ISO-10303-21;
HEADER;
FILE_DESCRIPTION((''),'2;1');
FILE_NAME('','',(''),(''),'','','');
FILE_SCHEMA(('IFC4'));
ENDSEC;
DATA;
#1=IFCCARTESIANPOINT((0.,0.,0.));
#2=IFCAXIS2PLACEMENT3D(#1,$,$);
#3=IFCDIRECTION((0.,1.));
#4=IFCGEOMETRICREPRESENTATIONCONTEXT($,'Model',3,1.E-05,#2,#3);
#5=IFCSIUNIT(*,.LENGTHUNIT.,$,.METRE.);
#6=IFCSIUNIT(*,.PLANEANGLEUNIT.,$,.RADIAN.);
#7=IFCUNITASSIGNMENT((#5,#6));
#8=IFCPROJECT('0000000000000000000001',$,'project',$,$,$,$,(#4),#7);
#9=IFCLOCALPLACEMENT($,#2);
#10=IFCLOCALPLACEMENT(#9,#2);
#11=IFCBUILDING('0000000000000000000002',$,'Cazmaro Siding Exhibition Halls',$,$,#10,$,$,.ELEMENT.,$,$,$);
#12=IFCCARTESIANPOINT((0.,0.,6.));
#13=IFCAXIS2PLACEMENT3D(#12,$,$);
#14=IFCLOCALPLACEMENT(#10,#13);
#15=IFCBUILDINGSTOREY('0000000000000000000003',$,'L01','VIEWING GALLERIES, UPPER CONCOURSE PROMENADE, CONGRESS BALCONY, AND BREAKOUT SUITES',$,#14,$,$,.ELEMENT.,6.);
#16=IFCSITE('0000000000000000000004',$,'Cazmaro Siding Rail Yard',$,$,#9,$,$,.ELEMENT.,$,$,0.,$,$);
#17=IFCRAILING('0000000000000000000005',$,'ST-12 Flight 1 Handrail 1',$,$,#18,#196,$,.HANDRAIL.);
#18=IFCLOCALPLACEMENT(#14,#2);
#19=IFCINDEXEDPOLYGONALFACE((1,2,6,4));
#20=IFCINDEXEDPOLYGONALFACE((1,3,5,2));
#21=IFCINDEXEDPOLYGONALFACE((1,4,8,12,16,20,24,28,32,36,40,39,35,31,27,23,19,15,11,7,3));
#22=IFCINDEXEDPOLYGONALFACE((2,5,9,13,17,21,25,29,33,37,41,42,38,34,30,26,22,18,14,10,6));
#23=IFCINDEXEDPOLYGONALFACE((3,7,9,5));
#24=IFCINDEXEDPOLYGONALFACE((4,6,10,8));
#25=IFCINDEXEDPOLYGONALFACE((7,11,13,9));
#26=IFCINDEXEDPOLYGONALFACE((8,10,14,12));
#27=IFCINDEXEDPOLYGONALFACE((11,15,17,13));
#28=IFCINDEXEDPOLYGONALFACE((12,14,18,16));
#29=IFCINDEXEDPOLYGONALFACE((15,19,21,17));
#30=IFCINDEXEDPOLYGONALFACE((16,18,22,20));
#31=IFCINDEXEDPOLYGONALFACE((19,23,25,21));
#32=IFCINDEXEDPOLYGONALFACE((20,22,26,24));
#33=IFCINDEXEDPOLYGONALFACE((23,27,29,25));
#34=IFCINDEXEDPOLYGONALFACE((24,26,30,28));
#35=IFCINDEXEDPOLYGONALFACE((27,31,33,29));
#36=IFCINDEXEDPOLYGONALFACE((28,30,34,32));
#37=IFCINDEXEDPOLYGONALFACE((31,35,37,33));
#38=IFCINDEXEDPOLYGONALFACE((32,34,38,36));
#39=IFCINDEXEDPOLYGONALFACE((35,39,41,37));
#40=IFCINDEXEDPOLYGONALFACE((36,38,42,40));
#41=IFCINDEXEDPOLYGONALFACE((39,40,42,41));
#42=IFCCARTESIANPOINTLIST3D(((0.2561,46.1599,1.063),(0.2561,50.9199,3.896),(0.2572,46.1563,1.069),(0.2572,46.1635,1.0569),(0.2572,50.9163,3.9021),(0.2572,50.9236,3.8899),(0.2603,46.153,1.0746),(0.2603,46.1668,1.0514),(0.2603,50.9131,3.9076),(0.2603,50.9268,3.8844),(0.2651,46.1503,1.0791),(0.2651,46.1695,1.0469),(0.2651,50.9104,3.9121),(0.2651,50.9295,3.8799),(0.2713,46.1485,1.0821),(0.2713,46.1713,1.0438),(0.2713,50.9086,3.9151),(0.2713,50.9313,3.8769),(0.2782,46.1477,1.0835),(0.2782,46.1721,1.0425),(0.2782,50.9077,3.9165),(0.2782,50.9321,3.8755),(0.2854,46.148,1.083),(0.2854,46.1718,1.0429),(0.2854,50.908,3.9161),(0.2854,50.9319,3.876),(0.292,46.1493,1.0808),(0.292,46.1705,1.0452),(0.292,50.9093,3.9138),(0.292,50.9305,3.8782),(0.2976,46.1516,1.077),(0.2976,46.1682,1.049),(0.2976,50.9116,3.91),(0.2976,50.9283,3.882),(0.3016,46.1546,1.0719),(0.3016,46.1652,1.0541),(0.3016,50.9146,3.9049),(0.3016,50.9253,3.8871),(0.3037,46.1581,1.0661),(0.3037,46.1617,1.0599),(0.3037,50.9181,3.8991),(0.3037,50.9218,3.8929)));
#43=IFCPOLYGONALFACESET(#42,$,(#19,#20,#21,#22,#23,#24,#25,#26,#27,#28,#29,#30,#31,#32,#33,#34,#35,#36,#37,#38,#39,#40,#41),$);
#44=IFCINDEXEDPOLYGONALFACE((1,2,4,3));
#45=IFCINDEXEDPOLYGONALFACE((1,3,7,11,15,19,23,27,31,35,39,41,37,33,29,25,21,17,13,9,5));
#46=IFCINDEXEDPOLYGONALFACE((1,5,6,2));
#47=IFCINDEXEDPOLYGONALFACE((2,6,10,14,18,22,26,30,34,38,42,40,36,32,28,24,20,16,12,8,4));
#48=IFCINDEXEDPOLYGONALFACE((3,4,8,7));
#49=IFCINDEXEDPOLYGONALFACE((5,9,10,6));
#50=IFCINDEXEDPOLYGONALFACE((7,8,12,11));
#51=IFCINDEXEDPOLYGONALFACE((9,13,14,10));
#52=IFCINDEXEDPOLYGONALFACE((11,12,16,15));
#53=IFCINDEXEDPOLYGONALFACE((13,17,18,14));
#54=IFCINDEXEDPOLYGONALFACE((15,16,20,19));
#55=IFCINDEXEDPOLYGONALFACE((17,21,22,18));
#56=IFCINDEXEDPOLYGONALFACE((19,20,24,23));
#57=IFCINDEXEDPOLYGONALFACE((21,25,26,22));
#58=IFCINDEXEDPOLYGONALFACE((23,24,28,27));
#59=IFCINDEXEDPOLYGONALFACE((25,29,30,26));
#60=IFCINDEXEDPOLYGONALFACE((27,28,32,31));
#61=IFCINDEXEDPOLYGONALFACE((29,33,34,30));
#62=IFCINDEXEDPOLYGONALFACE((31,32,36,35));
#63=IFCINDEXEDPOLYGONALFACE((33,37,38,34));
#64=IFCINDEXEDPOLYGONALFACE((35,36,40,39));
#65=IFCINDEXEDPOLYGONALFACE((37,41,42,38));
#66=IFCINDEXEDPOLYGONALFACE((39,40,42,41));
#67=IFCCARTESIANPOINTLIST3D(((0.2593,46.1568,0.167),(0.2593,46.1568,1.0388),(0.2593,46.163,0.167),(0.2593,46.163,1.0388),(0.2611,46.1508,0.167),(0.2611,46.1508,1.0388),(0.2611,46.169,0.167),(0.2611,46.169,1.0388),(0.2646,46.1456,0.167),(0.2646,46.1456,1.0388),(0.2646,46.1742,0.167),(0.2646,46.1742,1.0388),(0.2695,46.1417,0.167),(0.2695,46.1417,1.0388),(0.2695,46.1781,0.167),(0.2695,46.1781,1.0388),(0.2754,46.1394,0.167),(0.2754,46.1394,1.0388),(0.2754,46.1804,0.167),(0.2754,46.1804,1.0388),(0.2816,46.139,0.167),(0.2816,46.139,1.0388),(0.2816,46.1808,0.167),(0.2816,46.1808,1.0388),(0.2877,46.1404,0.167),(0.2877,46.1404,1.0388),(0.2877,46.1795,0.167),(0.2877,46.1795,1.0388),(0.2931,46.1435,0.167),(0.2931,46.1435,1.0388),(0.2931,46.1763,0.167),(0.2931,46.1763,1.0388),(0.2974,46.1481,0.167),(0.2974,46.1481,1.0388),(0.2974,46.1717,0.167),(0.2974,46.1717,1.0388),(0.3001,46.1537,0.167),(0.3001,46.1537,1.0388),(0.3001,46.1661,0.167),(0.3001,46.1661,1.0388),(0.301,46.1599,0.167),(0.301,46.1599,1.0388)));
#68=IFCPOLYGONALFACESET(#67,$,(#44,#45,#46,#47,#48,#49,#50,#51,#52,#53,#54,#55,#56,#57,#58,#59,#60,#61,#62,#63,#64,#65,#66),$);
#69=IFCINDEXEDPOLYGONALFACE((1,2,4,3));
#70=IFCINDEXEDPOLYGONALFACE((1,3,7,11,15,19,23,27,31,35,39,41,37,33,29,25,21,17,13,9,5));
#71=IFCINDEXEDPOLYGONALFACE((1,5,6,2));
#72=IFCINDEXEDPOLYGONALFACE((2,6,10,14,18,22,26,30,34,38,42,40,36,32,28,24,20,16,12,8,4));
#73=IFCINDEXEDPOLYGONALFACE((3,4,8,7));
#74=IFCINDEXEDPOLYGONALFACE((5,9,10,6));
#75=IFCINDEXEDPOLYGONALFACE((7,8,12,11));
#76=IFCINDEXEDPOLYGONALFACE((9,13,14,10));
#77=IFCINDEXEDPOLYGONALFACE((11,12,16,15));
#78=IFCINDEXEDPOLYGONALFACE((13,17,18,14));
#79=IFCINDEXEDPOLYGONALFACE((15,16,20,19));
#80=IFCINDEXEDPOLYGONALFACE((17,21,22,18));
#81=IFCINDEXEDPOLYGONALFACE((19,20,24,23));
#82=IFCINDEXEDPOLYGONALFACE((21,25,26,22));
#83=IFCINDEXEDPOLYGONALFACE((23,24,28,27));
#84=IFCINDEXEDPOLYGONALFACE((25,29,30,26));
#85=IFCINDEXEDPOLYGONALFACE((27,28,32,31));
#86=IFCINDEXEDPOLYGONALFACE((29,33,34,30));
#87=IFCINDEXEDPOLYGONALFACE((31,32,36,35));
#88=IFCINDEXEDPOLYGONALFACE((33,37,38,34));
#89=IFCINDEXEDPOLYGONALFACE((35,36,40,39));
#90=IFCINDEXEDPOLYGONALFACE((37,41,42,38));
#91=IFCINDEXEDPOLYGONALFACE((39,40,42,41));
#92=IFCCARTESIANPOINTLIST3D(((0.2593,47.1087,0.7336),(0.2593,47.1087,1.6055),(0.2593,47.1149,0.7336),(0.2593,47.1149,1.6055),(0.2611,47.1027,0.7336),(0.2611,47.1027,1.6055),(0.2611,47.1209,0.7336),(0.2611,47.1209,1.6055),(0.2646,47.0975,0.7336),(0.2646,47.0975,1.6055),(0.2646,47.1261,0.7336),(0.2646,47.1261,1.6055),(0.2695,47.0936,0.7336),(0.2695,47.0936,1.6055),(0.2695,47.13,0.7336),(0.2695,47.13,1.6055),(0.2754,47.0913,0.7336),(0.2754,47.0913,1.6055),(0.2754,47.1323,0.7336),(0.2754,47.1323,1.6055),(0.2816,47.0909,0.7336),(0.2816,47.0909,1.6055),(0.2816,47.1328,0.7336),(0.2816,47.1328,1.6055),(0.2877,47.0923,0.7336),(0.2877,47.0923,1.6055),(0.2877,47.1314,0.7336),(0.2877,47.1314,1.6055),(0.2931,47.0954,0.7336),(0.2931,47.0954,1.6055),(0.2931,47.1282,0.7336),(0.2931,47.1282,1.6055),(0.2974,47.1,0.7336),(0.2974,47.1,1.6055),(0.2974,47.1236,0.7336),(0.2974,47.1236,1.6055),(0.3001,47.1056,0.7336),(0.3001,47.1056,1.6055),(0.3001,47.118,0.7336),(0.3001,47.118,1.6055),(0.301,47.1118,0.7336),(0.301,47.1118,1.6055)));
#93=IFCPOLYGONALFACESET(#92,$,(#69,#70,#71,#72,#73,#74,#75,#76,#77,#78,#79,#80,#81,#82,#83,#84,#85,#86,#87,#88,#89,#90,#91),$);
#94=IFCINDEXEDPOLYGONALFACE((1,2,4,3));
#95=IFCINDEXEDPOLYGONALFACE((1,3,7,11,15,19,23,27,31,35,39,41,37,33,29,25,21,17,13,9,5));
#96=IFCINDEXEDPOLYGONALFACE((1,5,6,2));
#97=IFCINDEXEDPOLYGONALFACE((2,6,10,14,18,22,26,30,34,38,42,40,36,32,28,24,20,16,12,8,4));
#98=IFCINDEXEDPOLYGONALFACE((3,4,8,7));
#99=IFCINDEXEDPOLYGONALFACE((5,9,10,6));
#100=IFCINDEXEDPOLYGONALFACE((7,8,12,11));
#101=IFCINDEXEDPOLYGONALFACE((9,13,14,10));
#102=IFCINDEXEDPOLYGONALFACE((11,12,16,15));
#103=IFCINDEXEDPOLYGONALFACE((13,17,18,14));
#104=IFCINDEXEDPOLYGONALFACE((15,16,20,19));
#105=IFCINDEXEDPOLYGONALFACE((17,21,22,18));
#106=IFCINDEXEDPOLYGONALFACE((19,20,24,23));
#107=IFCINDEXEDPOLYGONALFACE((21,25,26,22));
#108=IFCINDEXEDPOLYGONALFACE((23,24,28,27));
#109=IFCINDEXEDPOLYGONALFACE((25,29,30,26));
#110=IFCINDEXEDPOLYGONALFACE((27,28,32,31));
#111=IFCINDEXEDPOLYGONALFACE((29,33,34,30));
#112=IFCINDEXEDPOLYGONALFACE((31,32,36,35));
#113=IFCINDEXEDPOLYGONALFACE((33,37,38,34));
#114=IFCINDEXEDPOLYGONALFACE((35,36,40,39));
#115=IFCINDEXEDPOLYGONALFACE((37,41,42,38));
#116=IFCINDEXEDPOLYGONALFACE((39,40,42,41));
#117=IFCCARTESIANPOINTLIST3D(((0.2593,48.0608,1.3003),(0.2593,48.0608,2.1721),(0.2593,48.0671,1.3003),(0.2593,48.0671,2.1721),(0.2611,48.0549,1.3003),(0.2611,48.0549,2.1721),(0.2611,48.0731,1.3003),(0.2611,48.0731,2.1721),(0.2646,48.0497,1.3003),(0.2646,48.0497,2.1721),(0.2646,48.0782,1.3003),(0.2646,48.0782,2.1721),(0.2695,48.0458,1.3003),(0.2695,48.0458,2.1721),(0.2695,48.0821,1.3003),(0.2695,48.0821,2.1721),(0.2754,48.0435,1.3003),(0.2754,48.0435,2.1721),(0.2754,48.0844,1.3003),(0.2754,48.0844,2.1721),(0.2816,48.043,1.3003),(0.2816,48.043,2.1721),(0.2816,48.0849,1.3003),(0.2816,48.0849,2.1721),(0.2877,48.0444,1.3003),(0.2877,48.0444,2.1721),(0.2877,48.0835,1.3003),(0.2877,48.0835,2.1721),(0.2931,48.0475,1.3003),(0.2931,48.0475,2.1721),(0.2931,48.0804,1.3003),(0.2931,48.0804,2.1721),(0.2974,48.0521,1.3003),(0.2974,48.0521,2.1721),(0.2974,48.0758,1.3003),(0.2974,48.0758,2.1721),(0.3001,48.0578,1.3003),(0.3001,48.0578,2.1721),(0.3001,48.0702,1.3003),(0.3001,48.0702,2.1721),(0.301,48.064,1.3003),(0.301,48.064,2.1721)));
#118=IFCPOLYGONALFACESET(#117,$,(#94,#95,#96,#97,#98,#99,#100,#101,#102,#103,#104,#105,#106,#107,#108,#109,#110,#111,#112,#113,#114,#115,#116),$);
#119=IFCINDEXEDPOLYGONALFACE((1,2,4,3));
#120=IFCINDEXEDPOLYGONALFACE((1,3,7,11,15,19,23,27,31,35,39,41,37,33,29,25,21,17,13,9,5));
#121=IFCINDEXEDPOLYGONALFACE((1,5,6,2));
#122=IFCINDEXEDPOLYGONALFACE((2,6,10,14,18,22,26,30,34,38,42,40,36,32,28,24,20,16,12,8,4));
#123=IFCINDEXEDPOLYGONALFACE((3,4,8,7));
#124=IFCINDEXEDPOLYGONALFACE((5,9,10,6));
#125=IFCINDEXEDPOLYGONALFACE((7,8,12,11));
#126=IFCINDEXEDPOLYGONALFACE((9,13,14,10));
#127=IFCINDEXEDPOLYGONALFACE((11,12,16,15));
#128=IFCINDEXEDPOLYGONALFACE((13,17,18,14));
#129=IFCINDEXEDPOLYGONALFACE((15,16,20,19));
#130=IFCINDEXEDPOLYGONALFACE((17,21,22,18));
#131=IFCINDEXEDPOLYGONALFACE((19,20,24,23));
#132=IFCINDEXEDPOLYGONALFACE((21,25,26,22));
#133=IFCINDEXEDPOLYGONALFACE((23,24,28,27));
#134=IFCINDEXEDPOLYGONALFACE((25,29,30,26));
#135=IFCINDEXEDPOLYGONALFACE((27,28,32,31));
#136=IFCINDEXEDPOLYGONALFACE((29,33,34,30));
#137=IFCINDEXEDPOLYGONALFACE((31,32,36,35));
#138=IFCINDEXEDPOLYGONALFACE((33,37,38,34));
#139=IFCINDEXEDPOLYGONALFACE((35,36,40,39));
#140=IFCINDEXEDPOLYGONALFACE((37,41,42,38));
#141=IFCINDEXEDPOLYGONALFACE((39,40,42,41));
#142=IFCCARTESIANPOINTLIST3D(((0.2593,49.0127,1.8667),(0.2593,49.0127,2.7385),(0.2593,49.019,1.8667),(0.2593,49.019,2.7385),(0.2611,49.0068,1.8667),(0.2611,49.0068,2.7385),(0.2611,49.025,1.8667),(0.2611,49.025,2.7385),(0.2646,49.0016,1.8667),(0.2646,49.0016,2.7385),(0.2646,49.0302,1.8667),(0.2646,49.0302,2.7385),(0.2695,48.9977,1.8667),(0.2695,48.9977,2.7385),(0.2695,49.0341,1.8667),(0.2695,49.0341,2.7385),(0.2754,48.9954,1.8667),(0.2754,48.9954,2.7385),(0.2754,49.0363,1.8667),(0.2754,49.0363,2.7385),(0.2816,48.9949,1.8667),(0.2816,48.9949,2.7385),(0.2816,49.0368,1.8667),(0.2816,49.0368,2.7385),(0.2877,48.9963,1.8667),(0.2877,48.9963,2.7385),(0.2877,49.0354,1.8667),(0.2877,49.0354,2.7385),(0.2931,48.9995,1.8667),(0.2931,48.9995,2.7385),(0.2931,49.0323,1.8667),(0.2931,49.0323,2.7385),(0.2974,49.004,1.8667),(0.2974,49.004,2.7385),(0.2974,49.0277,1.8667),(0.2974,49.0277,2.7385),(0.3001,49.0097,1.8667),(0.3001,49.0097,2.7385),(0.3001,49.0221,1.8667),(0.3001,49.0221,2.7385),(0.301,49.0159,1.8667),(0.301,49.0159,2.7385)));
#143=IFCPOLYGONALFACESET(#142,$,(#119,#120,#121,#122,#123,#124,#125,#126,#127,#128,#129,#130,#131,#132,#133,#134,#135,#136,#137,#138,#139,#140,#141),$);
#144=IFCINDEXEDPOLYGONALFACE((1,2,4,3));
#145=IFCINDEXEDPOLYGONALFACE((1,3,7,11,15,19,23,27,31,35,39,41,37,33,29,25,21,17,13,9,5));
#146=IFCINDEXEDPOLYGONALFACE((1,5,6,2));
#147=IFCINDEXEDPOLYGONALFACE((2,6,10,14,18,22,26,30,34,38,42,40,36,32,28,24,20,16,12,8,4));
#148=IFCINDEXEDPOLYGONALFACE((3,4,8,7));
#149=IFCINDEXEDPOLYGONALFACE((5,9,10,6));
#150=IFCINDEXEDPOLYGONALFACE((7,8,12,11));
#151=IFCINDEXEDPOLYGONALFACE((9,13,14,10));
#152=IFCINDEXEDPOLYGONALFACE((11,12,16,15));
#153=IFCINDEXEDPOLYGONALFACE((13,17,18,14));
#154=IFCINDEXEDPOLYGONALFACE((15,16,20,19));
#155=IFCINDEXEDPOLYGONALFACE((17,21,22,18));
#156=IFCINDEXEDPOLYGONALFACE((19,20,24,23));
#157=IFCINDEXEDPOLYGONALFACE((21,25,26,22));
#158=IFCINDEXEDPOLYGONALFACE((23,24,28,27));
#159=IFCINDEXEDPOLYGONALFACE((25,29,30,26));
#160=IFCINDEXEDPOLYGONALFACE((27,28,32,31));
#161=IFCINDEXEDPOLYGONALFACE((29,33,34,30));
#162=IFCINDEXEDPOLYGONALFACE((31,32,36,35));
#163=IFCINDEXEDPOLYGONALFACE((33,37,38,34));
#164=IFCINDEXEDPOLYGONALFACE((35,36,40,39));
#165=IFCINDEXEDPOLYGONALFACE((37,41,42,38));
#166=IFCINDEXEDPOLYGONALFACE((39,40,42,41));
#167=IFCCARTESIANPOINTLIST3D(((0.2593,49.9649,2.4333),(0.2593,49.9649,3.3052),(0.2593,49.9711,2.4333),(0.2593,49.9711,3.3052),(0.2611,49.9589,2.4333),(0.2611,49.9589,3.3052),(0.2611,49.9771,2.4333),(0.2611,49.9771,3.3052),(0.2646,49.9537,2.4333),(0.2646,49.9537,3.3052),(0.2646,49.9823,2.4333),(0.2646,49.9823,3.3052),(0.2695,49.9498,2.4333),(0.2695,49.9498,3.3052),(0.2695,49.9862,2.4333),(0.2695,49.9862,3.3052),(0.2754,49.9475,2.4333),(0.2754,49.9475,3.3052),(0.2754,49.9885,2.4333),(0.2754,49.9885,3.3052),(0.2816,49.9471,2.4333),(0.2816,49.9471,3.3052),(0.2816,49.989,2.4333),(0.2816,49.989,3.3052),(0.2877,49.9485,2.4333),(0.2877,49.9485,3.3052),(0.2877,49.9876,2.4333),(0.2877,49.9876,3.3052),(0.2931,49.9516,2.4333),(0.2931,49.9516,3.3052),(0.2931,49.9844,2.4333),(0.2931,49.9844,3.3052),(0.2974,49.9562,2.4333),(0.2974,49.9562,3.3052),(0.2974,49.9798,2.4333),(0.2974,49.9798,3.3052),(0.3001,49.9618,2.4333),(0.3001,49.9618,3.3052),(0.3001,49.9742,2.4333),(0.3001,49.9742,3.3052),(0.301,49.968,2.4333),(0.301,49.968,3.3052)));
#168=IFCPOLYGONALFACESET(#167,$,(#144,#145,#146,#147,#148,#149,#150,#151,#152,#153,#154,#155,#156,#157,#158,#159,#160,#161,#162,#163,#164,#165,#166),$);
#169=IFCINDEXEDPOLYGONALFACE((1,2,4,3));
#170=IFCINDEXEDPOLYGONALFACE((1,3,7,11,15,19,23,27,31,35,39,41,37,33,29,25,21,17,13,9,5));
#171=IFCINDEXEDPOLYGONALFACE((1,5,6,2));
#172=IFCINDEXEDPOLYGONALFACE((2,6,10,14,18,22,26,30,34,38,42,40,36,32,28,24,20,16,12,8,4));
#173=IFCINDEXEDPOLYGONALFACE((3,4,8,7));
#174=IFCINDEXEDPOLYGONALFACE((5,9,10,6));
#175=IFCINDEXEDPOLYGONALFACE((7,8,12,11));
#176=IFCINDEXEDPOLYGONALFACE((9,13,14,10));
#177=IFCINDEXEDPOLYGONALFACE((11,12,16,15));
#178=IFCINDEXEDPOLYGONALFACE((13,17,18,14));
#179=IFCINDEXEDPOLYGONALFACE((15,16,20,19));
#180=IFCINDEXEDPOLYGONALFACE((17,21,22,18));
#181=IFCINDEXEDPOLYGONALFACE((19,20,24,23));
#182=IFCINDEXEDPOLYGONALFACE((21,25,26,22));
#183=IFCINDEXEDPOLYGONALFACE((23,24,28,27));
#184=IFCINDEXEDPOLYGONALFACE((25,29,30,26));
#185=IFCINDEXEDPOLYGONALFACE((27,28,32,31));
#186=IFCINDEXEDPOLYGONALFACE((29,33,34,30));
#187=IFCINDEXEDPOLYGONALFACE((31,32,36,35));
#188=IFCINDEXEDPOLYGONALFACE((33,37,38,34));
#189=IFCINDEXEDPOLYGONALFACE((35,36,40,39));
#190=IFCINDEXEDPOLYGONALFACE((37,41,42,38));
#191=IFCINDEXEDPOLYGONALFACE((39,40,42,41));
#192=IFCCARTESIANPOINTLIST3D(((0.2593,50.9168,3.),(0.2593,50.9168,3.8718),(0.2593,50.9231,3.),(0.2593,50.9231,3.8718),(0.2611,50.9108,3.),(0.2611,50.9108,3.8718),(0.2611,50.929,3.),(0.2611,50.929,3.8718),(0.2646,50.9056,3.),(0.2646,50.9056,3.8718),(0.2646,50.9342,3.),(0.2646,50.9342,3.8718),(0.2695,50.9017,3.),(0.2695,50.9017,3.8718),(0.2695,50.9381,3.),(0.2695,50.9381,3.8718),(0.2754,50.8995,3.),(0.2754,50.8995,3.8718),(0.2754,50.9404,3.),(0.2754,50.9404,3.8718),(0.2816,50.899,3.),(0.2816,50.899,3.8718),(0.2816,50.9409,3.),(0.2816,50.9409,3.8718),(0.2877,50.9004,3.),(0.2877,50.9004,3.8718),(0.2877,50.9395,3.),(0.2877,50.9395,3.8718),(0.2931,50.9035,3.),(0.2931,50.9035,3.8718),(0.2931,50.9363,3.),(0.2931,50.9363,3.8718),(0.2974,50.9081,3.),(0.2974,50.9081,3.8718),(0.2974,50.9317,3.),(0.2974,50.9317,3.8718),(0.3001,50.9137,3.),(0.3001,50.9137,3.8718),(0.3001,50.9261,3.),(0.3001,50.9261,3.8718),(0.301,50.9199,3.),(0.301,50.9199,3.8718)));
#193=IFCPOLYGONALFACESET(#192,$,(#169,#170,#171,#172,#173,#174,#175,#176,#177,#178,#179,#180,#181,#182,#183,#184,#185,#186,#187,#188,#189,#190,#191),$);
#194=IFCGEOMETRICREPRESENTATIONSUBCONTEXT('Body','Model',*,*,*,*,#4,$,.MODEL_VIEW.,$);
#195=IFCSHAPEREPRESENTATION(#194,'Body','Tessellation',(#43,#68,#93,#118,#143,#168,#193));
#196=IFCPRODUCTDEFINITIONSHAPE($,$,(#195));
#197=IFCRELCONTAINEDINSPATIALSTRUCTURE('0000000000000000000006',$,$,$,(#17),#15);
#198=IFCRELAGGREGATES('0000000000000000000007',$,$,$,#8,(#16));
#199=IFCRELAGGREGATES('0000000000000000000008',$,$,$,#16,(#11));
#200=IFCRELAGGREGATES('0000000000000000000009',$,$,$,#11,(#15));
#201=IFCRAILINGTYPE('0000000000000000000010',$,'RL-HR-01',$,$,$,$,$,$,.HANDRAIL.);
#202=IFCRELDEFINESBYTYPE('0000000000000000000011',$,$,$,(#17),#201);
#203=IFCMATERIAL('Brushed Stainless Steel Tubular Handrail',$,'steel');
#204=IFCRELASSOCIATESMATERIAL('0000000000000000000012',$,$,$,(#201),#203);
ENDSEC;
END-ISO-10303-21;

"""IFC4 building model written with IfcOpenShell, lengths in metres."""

from ifc_helpers import new_model, si_unit, direction, frame, origin, origin_2d, place, context, subcontext, project, spatial, circle, extrude, material, type_object, element, save


model = new_model("IFC4")

# Units and contexts
model_context = context("Model", 3, precision=1e-05, world=origin(), true_north=direction((0.0, 1.0)))
body_context = subcontext(model_context, "Body", "Model", "MODEL_VIEW")
ifc_project = project(units=[si_unit("LENGTHUNIT", "METRE"), si_unit("PLANEANGLEUNIT", "RADIAN")], contexts=[model_context])

# Site, building, storey
site_placement = place(None, origin())
site = spatial("IfcSite", under=ifc_project, at=site_placement, Name="Cazmaro Siding Rail Yard", CompositionType="ELEMENT", RefElevation=0.0)
building_placement = place(site_placement, origin())
building = spatial("IfcBuilding", under=site, at=building_placement, Name="Cazmaro Siding Exhibition Halls", CompositionType="ELEMENT")
storey_placement = place(building_placement, frame((0.0, 0.0, 6.0)))
storey = spatial("IfcBuildingStorey", under=building, at=storey_placement, Name="L01", Description="VIEWING GALLERIES, UPPER CONCOURSE PROMENADE, CONGRESS BALCONY, AND BREAKOUT SUITES", CompositionType="ELEMENT", Elevation=6.0)

# Railing
ifc_material_1 = material(Name="Brushed Stainless Steel Tubular Handrail", Category="steel")
railing_type_1 = type_object("IfcRailingType", Name="RL-HR-01", PredefinedType="HANDRAIL", material=ifc_material_1)
for number, where, name in (
    (1, (0.28, 46.1599, 0.167), "ST-12 Flight 1 Handrail 1"),
):
    element("IfcRailing", number, at=place(storey_placement, frame(where)), inside=storey, type_object=railing_type_1, Name=name, PredefinedType="HANDRAIL", context=body_context, shape_type="SweptSolid", body=[
        extrude(circle(Radius=0.0239, at=origin_2d()), frame((0.0, 0.0, 0.896), z_axis=(0.0, 0.859319, 0.51144), x_axis=(-1.0, 0.0, 0.0)), (0.0, 0.0, 1.0), 5.5393),
        extrude(circle(Radius=0.021, at=origin_2d()), origin(), (0.0, 0.0, 1.0), 0.8718),
        extrude(circle(Radius=0.021, at=origin_2d()), frame((0.0, 0.9519, 0.5667)), (0.0, 0.0, 1.0), 0.8718),
        extrude(circle(Radius=0.021, at=origin_2d()), frame((0.0, 1.9041, 1.1333)), (0.0, 0.0, 1.0), 0.8718),
        extrude(circle(Radius=0.021, at=origin_2d()), frame((0.0, 2.856, 1.6997)), (0.0, 0.0, 1.0), 0.8718),
        extrude(circle(Radius=0.021, at=origin_2d()), frame((0.0, 3.8081, 2.2664)), (0.0, 0.0, 1.0), 0.8718),
        extrude(circle(Radius=0.021, at=origin_2d()), frame((0.0, 4.76, 2.833)), (0.0, 0.0, 1.0), 0.8718),
    ])

save(model, "model.ifc")
